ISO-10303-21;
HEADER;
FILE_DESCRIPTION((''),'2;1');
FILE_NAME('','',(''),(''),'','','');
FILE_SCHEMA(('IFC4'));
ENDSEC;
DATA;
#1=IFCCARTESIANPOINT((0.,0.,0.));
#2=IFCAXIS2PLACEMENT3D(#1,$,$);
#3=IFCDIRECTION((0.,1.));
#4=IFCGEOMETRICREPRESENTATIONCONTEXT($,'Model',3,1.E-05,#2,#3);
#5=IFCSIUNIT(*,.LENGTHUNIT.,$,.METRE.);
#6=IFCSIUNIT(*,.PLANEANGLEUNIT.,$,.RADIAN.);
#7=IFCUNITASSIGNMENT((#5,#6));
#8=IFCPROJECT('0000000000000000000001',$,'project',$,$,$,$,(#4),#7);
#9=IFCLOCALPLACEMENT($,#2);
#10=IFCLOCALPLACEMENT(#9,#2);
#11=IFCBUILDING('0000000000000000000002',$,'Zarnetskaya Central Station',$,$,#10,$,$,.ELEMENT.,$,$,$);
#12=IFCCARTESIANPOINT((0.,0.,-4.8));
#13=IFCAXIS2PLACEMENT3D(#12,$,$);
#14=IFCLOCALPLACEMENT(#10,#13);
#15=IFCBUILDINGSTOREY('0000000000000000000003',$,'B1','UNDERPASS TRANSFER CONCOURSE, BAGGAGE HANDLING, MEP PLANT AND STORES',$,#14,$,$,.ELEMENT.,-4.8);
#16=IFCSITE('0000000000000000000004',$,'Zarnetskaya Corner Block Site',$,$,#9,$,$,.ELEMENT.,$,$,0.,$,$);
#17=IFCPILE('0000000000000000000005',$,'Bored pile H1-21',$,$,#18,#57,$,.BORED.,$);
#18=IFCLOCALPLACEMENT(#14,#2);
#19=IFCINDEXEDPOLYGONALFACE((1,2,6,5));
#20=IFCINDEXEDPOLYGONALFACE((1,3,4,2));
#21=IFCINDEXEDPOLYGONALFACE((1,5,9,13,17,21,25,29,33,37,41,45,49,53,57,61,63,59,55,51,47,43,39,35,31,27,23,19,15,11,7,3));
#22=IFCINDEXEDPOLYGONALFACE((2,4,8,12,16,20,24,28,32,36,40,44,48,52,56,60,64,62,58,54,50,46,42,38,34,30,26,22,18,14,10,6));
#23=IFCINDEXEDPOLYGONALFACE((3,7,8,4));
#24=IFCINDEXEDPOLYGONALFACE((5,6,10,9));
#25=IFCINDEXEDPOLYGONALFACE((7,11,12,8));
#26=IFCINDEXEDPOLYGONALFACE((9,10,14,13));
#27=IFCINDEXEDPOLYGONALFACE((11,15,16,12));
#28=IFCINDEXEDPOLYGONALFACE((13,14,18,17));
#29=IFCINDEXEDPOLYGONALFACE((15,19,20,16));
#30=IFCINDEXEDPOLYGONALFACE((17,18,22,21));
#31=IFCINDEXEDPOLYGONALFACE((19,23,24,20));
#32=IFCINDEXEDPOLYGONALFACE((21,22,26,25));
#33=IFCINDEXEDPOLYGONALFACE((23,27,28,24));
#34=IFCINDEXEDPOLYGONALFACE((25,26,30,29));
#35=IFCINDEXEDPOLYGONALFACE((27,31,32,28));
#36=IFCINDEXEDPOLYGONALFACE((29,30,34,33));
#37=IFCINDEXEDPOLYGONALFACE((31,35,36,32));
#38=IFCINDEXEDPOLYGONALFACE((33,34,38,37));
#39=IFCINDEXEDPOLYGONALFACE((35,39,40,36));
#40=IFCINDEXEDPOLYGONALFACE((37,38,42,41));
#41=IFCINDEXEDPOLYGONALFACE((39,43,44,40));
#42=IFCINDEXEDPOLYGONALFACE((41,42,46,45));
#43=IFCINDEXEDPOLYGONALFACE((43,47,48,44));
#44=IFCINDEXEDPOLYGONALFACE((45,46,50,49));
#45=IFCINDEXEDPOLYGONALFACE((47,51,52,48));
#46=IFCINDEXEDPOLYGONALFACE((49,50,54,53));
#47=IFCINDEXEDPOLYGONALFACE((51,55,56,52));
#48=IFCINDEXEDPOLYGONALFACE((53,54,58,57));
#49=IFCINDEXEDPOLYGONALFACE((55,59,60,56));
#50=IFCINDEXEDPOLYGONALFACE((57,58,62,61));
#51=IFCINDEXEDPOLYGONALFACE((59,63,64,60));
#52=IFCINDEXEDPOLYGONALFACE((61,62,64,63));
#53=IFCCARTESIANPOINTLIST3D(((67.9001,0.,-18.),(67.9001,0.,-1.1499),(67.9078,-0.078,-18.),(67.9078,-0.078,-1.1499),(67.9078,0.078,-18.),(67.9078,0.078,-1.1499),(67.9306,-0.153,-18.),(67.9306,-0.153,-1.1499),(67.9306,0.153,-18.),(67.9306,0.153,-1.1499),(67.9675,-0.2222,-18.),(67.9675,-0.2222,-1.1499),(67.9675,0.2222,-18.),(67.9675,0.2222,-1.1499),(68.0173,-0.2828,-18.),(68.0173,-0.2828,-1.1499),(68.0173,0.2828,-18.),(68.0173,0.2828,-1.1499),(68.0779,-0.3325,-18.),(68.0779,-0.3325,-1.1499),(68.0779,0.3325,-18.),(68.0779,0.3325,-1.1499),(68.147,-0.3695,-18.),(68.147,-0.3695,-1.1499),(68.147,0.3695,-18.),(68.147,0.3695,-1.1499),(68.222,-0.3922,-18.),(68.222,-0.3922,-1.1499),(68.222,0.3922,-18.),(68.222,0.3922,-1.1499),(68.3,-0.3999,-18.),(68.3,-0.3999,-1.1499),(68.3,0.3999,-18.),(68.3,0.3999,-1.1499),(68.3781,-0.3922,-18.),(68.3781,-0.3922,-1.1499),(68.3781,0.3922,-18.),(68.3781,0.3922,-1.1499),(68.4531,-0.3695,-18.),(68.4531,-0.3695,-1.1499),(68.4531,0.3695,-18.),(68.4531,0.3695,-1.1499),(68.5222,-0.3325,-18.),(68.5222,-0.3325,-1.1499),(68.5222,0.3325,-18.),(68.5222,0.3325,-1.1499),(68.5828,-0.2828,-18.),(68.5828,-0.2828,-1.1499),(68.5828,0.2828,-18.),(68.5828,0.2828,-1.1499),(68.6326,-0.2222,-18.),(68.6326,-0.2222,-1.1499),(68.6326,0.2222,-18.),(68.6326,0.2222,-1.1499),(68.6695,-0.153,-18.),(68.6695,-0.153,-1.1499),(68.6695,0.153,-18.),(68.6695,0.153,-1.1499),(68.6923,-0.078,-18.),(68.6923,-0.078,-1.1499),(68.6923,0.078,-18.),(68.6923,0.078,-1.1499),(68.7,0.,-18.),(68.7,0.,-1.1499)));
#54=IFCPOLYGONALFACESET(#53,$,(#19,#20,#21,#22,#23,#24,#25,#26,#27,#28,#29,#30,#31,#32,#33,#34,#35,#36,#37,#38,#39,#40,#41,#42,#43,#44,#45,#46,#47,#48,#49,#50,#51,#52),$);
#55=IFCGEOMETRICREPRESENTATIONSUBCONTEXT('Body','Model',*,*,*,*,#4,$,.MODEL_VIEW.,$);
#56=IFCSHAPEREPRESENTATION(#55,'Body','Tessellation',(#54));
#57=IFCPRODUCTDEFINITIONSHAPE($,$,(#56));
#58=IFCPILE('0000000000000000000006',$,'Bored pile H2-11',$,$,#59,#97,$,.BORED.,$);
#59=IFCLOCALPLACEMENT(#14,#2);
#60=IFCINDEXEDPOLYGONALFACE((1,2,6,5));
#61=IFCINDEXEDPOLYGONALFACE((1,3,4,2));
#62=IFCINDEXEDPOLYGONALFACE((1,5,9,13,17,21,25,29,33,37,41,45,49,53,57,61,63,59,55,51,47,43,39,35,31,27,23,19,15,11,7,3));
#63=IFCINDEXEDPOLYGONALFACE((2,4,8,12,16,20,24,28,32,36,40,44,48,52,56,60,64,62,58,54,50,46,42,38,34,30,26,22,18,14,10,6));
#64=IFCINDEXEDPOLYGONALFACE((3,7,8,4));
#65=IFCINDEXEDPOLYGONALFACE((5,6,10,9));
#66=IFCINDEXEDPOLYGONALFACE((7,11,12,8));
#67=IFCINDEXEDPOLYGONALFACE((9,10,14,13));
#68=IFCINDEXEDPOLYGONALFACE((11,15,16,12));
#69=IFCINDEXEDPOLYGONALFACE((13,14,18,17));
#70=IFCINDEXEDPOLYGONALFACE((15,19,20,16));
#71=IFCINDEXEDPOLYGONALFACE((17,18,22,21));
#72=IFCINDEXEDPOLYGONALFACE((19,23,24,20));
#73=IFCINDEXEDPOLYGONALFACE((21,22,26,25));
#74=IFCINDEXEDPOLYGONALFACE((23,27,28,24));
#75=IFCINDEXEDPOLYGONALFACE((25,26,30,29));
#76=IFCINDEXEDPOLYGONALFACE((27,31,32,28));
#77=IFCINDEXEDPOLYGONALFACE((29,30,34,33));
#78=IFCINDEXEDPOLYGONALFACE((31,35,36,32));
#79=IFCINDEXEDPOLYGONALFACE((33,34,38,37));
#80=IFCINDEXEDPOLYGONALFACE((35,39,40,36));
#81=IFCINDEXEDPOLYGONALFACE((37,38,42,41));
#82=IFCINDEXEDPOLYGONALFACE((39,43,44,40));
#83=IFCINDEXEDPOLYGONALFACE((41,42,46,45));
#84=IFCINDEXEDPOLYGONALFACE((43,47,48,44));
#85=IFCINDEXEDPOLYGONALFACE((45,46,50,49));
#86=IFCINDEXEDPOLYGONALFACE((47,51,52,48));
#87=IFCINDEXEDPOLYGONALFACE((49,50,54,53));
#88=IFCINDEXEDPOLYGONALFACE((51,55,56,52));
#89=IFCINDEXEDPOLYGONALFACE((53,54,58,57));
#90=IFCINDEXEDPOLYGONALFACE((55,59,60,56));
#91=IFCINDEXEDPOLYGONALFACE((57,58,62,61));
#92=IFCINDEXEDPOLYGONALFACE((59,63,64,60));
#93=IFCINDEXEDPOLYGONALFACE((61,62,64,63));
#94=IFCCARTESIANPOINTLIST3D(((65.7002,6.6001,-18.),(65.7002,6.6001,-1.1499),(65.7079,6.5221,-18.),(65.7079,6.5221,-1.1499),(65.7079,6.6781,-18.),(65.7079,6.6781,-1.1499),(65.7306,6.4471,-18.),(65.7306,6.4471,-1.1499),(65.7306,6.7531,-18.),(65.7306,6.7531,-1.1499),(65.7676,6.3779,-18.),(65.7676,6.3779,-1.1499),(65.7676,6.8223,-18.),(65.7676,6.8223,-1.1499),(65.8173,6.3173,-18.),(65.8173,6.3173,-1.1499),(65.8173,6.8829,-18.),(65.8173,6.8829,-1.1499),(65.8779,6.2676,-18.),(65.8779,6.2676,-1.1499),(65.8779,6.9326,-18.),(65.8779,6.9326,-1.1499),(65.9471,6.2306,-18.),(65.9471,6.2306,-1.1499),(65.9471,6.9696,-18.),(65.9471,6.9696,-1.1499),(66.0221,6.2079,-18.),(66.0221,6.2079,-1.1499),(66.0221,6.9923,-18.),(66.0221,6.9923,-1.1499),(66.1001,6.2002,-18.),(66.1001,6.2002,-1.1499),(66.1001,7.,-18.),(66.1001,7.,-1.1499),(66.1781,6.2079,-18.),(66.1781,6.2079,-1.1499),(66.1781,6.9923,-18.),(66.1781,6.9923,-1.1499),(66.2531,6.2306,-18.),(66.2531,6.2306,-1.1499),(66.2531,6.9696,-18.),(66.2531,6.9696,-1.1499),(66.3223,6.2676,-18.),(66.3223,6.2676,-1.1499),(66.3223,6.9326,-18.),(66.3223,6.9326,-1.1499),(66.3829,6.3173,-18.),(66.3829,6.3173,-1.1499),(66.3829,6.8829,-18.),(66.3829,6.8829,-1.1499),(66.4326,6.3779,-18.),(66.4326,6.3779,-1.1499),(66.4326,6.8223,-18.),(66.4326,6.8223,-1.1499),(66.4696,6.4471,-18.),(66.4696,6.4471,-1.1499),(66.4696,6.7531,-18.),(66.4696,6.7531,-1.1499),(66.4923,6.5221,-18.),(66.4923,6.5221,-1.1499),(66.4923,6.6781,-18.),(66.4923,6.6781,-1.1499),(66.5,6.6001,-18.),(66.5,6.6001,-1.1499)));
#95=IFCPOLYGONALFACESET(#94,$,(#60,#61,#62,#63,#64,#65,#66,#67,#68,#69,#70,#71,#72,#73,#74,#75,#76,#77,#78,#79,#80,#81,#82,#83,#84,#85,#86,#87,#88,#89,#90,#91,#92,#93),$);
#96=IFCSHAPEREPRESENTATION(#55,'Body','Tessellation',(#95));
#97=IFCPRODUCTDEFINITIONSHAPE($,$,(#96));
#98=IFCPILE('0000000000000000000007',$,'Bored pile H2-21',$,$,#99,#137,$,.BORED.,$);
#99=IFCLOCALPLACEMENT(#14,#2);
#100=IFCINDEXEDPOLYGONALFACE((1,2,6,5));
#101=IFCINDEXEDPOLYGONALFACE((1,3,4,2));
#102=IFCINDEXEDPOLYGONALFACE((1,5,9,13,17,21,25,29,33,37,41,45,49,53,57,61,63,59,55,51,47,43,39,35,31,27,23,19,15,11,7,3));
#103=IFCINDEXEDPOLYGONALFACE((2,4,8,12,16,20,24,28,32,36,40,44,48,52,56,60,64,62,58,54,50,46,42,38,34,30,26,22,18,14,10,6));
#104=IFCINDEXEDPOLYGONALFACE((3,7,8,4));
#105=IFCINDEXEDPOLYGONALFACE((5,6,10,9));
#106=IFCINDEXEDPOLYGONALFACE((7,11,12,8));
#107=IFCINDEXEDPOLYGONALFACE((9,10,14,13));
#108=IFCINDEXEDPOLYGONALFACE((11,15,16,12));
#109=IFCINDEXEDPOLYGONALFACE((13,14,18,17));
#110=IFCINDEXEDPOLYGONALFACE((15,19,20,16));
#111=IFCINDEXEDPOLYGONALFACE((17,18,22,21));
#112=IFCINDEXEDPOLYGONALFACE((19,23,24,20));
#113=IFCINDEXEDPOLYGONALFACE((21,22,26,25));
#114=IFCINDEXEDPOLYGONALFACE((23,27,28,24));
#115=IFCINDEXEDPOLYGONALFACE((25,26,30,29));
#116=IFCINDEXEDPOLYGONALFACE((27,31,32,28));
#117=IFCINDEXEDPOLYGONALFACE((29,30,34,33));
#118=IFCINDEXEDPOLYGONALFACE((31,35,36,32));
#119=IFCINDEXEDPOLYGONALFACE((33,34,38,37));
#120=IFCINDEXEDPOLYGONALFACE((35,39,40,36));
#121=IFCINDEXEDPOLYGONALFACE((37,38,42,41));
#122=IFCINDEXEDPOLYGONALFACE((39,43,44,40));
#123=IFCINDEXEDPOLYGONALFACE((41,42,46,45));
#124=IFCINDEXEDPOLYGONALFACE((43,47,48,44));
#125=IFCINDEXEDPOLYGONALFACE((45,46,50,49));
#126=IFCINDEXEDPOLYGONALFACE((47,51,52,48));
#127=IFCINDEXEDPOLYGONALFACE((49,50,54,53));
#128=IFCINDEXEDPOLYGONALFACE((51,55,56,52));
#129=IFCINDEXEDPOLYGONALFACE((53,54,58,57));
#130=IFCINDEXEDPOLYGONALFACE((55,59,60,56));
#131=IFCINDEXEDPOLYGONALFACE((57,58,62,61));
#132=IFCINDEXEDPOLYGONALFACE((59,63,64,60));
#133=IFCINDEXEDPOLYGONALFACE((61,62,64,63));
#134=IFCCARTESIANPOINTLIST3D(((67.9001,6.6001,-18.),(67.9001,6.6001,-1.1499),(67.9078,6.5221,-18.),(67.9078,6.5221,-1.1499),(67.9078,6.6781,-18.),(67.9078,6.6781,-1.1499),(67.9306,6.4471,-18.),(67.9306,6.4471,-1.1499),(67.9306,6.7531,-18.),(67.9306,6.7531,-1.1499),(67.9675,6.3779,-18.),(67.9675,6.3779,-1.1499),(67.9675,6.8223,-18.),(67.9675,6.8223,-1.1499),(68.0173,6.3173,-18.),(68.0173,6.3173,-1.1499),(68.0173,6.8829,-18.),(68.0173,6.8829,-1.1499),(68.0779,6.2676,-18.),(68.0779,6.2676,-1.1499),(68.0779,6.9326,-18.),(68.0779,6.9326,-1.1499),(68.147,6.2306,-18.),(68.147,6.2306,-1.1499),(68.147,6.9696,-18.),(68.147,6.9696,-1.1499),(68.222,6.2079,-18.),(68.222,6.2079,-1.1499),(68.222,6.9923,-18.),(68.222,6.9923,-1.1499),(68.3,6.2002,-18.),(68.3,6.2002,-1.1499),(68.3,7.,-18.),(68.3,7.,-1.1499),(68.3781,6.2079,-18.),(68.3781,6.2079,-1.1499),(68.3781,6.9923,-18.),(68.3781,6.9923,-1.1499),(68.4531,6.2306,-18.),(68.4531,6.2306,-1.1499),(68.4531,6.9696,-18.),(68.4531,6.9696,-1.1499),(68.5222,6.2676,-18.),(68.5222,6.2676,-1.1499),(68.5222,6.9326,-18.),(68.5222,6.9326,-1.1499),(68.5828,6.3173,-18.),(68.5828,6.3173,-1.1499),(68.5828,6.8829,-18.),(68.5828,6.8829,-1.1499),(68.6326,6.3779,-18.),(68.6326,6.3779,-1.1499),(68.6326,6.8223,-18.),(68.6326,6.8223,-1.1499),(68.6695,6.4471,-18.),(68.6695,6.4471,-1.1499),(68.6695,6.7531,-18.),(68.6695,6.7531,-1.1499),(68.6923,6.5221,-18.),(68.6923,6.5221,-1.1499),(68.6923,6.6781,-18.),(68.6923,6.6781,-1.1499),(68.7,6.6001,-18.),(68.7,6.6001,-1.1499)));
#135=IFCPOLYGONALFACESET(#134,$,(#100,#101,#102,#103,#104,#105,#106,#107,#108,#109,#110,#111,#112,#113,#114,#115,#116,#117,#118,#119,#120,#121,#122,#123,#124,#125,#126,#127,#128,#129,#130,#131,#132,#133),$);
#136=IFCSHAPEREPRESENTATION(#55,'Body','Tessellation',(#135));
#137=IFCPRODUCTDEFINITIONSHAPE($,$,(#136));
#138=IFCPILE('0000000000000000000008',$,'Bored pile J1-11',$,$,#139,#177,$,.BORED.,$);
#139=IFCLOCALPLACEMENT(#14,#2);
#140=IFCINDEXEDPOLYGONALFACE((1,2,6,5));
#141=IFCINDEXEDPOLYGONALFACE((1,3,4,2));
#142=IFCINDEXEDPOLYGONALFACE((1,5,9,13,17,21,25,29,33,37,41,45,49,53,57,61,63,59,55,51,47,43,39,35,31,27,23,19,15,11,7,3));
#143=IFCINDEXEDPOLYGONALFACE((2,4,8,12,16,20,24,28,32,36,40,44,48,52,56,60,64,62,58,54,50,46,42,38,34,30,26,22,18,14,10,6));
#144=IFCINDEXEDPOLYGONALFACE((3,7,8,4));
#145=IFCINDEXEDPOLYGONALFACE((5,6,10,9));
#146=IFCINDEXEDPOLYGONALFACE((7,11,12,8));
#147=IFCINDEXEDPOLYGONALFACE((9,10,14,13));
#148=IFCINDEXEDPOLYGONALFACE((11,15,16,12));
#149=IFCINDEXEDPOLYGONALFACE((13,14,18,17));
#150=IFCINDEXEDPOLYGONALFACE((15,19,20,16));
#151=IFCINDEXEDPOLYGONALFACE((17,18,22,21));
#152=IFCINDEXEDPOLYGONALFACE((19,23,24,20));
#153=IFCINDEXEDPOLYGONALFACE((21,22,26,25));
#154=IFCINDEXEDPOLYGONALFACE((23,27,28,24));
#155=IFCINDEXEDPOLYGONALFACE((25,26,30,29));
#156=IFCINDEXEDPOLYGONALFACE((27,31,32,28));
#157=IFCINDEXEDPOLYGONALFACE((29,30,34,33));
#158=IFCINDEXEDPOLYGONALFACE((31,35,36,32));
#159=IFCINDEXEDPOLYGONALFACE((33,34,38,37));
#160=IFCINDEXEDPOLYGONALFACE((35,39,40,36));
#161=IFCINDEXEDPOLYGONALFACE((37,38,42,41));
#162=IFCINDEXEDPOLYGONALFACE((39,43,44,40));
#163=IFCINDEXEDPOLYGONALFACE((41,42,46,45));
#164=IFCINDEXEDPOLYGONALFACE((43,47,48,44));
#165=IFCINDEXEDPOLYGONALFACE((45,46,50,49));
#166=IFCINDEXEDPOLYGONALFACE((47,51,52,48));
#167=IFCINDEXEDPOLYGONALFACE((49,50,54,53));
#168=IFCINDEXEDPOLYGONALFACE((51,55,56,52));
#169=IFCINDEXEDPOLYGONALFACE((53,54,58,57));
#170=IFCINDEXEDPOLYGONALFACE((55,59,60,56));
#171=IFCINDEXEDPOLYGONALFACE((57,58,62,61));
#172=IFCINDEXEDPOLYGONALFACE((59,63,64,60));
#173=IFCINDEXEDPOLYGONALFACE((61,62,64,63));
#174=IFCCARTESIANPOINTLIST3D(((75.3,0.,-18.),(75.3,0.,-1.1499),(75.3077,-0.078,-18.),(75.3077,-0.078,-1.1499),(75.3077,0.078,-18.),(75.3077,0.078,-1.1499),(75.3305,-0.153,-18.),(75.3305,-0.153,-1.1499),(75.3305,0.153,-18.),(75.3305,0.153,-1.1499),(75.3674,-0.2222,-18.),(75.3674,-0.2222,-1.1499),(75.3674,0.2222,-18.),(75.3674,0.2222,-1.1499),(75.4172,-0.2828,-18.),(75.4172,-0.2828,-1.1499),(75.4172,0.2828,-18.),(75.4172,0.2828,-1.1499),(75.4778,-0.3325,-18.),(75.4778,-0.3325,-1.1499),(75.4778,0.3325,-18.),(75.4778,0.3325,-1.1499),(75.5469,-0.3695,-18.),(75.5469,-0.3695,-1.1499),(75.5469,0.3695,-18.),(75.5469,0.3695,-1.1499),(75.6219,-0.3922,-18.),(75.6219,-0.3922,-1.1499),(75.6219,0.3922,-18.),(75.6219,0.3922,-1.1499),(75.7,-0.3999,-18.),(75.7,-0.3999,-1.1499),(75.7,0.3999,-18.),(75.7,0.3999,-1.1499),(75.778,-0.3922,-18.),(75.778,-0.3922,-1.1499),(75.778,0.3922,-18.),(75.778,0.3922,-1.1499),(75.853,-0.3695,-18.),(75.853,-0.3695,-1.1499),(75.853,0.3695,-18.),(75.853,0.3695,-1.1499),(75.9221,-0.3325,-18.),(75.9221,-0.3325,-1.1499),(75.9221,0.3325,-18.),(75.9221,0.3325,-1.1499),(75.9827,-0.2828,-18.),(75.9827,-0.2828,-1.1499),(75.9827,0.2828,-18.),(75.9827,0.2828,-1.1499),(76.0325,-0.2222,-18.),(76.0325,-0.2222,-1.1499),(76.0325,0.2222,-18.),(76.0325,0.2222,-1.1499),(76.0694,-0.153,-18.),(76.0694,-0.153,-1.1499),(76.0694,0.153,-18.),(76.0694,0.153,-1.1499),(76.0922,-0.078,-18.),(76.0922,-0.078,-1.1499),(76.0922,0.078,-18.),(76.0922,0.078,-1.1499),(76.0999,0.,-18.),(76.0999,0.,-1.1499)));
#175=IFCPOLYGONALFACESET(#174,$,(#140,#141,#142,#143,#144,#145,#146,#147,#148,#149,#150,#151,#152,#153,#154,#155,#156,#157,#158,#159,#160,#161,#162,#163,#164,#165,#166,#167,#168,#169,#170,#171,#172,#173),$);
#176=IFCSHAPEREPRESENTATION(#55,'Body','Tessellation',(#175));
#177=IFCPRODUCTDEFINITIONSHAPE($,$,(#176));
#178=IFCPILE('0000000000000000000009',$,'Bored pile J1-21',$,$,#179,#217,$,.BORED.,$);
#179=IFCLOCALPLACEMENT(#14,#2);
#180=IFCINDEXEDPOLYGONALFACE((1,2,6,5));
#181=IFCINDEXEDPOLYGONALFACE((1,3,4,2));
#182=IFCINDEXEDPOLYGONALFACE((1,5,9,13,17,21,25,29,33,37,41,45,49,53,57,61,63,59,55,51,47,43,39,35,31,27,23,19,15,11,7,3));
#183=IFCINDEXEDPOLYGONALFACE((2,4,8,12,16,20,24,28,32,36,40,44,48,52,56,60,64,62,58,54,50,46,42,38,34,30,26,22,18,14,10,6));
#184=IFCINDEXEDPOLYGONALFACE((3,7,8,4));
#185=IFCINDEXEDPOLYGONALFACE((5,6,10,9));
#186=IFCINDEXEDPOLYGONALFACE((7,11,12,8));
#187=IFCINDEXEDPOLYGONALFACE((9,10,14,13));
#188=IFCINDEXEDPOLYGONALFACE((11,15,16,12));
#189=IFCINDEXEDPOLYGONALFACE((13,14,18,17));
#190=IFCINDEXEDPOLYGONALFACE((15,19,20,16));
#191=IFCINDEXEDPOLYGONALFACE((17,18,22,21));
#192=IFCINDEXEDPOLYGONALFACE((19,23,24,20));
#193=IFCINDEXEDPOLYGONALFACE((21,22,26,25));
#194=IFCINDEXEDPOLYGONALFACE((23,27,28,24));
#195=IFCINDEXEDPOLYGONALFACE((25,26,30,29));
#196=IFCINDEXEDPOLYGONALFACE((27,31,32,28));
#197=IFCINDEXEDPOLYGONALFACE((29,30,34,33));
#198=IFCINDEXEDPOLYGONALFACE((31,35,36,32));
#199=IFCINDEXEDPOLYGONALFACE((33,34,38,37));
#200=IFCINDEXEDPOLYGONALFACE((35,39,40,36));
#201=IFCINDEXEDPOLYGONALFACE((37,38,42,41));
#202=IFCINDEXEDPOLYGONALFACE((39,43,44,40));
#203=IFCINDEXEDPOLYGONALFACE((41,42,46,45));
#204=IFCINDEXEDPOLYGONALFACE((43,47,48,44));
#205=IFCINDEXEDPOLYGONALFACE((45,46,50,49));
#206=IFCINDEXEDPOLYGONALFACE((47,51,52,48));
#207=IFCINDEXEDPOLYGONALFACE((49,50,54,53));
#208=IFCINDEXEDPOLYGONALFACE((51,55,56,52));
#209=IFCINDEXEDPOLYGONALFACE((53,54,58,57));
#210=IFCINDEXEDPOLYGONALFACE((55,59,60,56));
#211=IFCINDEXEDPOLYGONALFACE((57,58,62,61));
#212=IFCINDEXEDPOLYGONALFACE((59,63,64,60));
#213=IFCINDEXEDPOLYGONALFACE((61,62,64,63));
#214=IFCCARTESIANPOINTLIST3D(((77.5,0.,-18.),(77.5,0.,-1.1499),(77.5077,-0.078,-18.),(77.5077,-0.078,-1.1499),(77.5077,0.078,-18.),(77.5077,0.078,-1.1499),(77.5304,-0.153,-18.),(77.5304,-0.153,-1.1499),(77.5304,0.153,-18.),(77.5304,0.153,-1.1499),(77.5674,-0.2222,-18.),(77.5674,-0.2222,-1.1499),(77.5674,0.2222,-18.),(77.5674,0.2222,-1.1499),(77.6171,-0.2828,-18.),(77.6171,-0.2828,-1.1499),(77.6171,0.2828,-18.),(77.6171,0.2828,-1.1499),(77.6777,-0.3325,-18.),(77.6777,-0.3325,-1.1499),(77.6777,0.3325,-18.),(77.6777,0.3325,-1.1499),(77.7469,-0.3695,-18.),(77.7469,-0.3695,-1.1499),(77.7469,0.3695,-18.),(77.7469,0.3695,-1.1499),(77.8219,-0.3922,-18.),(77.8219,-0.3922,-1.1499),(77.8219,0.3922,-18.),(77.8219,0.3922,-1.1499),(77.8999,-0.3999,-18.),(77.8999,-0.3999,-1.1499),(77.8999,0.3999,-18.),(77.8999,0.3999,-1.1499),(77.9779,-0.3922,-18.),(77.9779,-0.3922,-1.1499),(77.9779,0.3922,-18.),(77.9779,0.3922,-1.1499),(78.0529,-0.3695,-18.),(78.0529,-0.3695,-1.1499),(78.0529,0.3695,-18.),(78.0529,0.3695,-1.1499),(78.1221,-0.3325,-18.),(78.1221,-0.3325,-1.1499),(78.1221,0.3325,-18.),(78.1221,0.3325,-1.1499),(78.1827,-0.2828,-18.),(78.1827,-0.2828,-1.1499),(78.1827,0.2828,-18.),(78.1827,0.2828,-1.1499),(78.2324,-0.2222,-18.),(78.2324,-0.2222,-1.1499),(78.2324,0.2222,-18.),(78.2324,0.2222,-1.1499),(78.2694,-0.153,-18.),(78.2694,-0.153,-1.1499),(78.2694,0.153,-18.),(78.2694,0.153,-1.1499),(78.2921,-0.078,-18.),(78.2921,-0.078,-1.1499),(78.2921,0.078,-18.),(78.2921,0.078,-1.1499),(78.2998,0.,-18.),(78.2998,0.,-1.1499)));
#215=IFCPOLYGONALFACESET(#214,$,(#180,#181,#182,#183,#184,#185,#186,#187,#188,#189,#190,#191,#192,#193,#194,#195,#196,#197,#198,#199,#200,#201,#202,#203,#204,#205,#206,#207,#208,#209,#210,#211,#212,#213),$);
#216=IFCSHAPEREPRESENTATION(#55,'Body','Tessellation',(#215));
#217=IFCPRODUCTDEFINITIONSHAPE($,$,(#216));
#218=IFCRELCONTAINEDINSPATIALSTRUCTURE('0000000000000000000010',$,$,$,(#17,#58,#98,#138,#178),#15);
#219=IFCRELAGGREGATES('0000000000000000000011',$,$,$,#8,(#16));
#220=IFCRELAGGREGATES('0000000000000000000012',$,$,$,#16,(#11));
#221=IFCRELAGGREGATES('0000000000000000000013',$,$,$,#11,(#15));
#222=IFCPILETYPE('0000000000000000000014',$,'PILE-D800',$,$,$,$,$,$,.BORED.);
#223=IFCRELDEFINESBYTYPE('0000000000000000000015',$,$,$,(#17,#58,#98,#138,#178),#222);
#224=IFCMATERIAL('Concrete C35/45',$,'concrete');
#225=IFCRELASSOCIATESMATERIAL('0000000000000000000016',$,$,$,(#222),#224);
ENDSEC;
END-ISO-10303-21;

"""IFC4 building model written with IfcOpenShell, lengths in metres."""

from ifc_helpers import new_model, si_unit, direction, frame, origin, origin_2d, place, context, subcontext, project, spatial, circle, extrude, material, material_profile, profile_set, type_object, element, save


model = new_model("IFC4")

# Units and contexts
model_context = context("Model", 3, precision=1e-05, world=origin(), true_north=direction((0.0, 1.0)))
body_context = subcontext(model_context, "Body", "Model", "MODEL_VIEW")
ifc_project = project(units=[si_unit("LENGTHUNIT", "METRE"), si_unit("PLANEANGLEUNIT", "RADIAN")], contexts=[model_context])

# Site, building, storey
site_placement = place(None, origin())
site = spatial("IfcSite", under=ifc_project, at=site_placement, Name="Zarnetskaya Corner Block Site", CompositionType="ELEMENT", RefElevation=0.0)
building_placement = place(site_placement, origin())
building = spatial("IfcBuilding", under=site, at=building_placement, Name="Zarnetskaya Central Station", CompositionType="ELEMENT")
storey_placement = place(building_placement, frame((0.0, 0.0, -4.8)))
storey = spatial("IfcBuildingStorey", under=building, at=storey_placement, Name="B1", Description="UNDERPASS TRANSFER CONCOURSE, BAGGAGE HANDLING, MEP PLANT AND STORES", CompositionType="ELEMENT", Elevation=-4.8)

# Shared definitions
ifc_material_1 = material(Name="Concrete C35/45", Category="concrete")

# Piles
ifc_material_profile_1 = material_profile(ifc_material_1, circle(Radius=0.3999, at=origin_2d()), Name="BORED PILE D800")
ifc_profile_set_1 = profile_set([ifc_material_profile_1], Name="Concrete C35/45")
pile_type_1 = type_object("IfcPileType", Name="PILE-D800", PredefinedType="BORED", material=ifc_profile_set_1)
for number, where, z_axis, x_axis, name in (
    (1, (68.3, 0.0, -1.1499), (0.0, 0.0, -1.0), (1.0, 0.0, 0.0), "Bored pile H1-21"),
    (2, (66.1001, 6.6001, -1.1499), (0.0, 0.0, -1.0), (1.0, 0.0, 0.0), "Bored pile H2-11"),
    (3, (68.3, 6.6001, -1.1499), (0.0, 0.0, -1.0), (1.0, 0.0, 0.0), "Bored pile H2-21"),
    (4, (75.7, 0.0, -1.1499), (0.0, 0.0, -1.0), (1.0, 0.0, 0.0), "Bored pile J1-11"),
    (5, (77.8999, 0.0, -1.1499), (0.0, 0.0, -1.0), (1.0, 0.0, 0.0), "Bored pile J1-21"),
):
    element("IfcPile", number, at=place(storey_placement, frame(where, z_axis=z_axis, x_axis=x_axis)), inside=storey, type_object=pile_type_1, Name=name, PredefinedType="BORED", context=body_context, shape_type="SweptSolid", body=[
        extrude(circle(Radius=0.3999, at=origin_2d()), origin(), (0.0, 0.0, 1.0), 16.8501),
    ])

save(model, "model.ifc")
